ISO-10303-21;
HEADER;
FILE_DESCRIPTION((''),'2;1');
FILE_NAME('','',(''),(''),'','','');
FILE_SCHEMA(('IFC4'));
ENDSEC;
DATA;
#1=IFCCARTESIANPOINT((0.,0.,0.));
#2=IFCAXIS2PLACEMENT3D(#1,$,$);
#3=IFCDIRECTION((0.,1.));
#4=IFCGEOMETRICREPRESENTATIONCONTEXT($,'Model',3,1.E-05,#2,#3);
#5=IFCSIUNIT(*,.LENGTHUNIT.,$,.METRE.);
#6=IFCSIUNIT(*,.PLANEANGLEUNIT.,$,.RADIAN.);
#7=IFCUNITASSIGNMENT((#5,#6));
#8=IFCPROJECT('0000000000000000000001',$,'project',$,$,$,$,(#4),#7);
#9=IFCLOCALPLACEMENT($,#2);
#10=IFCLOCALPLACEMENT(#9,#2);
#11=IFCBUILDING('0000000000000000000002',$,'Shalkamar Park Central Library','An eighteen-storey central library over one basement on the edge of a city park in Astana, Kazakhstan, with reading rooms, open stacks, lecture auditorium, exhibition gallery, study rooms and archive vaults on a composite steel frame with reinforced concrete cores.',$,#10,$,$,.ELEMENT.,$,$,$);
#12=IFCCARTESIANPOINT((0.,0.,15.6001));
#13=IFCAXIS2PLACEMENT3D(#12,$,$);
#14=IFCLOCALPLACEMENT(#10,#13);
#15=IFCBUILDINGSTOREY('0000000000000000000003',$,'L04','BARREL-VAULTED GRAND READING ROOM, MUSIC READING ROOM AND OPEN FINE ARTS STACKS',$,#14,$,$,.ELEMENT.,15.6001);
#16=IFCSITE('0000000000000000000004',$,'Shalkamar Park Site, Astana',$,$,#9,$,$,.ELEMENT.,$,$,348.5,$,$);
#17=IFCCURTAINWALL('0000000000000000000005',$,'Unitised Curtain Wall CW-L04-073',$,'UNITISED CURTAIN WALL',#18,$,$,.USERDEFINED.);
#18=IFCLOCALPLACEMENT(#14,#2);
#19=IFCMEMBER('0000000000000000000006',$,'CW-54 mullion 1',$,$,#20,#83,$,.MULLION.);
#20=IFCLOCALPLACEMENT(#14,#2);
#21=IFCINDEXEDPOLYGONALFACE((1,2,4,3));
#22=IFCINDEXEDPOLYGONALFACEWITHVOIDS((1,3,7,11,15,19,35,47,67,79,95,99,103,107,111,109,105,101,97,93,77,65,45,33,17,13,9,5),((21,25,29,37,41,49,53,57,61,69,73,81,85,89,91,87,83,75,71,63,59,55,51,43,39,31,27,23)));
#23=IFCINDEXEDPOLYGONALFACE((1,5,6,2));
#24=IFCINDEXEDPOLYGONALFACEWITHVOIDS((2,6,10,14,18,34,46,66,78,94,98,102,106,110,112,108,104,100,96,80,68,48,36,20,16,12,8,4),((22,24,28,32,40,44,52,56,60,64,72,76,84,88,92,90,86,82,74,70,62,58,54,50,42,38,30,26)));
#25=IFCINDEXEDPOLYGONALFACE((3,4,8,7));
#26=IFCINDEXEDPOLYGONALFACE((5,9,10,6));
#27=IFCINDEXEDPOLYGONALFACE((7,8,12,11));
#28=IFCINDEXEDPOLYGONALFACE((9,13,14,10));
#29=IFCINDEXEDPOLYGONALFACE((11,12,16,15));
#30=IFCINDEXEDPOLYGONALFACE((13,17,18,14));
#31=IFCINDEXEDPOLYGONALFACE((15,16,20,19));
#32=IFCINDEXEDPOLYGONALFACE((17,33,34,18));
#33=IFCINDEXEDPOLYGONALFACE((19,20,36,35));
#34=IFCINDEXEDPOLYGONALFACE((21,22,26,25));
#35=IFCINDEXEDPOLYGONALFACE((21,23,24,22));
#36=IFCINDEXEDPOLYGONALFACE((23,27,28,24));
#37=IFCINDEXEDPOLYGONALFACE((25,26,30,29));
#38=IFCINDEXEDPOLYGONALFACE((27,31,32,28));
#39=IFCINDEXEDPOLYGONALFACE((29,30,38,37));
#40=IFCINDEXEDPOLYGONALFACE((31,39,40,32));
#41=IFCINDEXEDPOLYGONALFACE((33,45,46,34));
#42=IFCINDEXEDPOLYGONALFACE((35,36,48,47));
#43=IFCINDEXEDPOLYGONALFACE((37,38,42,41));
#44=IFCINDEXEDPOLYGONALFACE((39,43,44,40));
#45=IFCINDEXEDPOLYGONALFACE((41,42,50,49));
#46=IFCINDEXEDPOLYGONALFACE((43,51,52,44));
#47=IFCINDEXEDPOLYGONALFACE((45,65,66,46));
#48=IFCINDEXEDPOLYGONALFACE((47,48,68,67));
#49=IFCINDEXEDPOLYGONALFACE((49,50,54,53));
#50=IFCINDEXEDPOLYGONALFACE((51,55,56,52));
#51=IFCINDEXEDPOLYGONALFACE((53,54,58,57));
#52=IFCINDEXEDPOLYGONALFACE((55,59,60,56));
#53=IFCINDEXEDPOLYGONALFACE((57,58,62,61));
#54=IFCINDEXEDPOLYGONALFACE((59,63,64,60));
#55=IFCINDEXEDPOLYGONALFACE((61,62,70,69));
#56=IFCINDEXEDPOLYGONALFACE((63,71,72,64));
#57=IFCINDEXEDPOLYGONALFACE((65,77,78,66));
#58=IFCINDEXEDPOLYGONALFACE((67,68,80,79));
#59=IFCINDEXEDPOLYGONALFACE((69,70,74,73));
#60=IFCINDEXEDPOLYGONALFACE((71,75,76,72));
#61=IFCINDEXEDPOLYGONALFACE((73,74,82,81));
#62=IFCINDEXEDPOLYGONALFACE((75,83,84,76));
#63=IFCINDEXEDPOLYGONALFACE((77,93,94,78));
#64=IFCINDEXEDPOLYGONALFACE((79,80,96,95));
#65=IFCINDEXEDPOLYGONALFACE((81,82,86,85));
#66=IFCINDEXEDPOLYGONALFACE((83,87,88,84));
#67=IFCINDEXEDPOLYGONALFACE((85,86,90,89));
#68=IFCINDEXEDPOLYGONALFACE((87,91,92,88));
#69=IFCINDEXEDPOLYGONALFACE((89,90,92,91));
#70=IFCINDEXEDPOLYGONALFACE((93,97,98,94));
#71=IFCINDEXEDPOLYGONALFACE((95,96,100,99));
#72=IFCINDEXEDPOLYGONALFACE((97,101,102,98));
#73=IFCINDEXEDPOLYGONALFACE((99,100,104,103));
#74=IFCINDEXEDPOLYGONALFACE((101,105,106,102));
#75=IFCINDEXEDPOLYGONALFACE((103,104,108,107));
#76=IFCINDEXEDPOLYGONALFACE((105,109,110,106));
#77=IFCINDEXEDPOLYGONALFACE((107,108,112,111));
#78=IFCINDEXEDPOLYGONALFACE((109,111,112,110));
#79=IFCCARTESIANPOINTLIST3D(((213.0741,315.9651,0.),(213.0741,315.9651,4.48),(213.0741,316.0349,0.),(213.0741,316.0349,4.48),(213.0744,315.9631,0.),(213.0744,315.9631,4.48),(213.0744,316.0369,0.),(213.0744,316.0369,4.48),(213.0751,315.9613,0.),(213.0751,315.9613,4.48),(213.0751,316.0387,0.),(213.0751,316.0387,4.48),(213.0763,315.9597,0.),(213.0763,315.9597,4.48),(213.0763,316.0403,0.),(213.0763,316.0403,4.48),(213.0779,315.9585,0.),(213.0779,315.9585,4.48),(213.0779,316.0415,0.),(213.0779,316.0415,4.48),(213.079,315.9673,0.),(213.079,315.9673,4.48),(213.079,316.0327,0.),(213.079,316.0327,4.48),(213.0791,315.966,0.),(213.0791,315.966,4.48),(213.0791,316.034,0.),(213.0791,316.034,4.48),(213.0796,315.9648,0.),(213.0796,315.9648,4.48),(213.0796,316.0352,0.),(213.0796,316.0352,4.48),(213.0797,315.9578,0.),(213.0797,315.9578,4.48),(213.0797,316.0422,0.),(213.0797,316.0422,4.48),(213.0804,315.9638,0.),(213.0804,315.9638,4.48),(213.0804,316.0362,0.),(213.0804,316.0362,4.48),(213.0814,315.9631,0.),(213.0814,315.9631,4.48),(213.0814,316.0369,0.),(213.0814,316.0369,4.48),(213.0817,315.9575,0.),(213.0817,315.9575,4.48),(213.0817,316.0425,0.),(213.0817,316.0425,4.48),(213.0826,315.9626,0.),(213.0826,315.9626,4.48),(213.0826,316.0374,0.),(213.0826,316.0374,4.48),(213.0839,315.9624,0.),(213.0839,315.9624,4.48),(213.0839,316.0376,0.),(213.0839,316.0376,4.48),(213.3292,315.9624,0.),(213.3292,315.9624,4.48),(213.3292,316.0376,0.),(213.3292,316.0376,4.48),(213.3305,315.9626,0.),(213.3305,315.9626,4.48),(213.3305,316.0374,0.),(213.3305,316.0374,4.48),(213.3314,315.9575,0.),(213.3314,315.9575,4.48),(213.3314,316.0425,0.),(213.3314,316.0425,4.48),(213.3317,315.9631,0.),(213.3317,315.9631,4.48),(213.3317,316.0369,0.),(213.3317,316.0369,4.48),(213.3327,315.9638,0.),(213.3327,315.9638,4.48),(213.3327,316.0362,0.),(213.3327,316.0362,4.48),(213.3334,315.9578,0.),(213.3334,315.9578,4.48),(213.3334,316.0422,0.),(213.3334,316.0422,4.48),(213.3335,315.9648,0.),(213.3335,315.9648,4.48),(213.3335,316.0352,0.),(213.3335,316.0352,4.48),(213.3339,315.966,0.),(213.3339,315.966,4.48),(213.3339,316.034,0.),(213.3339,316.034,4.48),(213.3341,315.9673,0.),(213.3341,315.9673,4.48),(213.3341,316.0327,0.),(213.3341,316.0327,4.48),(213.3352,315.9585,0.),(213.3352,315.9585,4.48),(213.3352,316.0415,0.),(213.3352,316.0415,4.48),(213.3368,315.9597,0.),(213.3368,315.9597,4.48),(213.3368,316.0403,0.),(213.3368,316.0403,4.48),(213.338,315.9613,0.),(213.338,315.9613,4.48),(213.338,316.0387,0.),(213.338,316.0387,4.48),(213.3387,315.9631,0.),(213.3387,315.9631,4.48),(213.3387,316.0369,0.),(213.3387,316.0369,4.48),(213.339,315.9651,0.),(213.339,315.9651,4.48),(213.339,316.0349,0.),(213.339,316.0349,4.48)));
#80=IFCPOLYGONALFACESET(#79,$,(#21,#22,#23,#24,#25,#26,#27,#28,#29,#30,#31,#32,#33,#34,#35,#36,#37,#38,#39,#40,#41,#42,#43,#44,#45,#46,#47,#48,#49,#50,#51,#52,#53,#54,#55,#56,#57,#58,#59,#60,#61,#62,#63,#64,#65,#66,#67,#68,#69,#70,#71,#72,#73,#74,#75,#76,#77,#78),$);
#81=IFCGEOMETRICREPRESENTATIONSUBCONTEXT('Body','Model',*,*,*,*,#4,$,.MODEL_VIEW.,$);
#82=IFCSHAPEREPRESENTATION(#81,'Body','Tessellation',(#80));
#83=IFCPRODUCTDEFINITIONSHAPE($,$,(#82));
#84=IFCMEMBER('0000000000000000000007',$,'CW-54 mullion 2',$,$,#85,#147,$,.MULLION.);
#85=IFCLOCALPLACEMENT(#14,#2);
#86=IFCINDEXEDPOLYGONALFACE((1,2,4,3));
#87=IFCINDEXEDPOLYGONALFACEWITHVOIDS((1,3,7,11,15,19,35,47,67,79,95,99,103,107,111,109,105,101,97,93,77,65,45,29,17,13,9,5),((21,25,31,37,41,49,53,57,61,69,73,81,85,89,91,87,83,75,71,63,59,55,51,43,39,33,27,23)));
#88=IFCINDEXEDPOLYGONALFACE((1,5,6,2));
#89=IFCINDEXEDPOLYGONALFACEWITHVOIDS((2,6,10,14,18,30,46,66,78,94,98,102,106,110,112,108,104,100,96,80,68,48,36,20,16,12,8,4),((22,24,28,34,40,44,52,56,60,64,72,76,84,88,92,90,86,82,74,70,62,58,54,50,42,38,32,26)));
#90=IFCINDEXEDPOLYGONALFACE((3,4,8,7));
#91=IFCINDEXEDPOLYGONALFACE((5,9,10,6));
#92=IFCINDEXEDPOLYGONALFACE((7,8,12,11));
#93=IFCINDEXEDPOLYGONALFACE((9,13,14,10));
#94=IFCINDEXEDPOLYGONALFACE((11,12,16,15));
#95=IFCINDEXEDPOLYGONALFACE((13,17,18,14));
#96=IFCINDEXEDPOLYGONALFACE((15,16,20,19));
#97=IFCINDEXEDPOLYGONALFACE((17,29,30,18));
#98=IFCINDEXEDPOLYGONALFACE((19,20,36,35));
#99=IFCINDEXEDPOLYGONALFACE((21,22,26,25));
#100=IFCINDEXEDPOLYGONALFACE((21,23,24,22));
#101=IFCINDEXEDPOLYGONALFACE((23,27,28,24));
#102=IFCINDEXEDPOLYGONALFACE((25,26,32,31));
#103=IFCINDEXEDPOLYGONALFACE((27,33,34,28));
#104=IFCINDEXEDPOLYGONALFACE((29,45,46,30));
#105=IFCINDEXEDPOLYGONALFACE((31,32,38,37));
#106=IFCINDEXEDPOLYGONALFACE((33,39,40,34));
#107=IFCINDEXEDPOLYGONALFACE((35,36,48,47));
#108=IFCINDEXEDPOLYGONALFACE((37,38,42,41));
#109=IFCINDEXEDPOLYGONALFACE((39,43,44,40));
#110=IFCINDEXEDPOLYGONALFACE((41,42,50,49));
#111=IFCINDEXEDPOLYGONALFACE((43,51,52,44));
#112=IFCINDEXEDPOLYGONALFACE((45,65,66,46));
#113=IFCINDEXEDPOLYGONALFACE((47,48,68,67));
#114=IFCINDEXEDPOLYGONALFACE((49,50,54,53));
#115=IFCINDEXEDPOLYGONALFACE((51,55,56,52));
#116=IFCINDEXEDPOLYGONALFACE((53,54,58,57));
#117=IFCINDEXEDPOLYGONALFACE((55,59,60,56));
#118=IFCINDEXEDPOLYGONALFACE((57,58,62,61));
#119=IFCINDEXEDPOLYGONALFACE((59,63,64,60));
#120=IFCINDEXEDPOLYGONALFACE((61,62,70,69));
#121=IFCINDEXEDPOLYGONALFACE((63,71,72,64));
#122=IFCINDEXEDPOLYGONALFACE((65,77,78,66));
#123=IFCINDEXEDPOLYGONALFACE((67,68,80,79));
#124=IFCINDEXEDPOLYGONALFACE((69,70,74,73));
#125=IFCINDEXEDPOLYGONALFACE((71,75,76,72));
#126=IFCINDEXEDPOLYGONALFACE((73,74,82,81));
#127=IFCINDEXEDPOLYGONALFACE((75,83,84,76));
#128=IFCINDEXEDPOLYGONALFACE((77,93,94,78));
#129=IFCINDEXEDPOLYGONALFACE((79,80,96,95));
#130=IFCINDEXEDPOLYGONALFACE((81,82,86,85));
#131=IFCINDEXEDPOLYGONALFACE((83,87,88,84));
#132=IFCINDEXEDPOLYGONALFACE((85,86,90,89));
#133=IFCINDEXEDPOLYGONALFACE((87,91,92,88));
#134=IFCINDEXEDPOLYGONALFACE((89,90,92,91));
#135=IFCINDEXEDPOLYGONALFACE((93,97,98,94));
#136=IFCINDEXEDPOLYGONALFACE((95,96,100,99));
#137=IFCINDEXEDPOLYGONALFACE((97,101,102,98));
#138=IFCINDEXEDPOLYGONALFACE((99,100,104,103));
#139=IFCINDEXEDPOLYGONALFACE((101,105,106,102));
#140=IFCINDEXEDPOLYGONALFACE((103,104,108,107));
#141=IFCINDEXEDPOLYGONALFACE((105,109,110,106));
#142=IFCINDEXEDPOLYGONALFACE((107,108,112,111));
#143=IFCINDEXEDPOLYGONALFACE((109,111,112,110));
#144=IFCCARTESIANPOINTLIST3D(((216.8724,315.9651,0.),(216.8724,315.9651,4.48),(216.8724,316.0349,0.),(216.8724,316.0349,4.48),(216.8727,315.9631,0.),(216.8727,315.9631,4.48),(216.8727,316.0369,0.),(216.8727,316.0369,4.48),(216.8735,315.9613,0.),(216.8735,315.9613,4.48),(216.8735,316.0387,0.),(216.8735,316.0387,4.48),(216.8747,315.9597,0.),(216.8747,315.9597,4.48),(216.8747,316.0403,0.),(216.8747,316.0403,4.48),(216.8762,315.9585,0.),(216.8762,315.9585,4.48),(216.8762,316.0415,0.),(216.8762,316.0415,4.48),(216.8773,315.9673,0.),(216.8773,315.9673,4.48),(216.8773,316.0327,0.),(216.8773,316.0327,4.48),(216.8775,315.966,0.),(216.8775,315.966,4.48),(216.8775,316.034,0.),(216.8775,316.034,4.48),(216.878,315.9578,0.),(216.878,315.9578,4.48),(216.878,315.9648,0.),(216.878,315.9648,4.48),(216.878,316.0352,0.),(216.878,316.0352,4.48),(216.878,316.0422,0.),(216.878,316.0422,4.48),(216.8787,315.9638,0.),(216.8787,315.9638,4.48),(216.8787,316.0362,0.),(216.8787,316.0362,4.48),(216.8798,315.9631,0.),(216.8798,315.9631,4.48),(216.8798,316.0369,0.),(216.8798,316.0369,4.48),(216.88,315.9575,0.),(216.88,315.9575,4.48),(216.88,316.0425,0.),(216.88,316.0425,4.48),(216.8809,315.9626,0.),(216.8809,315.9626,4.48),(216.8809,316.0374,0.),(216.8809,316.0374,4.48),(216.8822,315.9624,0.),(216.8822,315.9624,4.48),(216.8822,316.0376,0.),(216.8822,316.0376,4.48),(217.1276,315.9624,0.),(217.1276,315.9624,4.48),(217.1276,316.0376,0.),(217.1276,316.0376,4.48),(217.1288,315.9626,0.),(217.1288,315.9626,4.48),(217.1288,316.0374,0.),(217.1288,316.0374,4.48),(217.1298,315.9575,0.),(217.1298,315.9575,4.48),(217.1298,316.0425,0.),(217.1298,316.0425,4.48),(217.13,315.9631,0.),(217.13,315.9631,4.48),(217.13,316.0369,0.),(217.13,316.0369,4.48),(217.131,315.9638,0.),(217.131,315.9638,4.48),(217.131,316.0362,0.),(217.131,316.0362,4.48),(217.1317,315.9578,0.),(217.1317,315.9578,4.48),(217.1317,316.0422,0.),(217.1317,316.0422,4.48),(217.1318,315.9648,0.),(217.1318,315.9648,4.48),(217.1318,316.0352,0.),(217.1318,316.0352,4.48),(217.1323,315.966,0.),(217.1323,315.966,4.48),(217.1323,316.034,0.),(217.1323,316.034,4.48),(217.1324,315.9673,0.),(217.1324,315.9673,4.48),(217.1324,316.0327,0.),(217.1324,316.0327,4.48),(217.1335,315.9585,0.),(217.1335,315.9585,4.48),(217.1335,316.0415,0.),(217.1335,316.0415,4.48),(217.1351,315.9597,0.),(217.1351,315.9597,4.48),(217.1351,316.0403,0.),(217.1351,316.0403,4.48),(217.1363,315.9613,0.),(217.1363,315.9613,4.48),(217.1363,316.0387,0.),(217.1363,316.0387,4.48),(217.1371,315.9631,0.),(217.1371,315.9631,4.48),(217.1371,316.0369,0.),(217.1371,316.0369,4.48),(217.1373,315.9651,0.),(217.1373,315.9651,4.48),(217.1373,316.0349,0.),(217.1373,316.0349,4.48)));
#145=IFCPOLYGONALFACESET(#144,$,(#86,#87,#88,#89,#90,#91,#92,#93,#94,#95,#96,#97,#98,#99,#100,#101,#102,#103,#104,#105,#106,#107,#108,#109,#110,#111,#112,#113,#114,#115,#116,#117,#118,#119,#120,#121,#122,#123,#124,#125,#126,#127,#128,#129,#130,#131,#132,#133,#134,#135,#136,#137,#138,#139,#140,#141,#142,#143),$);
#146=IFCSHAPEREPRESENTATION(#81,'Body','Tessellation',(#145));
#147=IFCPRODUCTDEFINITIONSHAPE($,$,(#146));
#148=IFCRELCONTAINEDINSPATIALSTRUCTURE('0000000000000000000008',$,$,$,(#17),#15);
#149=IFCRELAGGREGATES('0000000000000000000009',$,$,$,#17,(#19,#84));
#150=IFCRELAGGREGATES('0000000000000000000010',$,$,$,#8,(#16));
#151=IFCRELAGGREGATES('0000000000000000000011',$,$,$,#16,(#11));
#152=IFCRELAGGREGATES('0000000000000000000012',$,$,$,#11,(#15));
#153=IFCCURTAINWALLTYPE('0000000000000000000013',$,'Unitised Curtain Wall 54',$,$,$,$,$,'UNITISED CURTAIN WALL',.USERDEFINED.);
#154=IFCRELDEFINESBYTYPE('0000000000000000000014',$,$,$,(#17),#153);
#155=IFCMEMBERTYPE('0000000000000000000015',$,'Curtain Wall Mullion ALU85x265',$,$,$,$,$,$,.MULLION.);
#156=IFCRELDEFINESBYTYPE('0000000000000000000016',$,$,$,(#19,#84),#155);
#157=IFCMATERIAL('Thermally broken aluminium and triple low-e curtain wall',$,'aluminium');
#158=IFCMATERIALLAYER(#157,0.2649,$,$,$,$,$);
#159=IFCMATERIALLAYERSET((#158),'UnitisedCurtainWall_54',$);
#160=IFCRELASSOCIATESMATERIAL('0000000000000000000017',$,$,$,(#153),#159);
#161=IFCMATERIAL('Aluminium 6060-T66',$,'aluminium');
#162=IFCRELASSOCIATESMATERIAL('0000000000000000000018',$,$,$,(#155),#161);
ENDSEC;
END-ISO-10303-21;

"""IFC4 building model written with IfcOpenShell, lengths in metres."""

from ifc_helpers import new_model, si_unit, direction, frame, origin, origin_2d, place, context, subcontext, project, spatial, hollow_rectangle, extrude, material, layer, layer_set, material_profile, profile_set, type_object, element, aggregate, save


model = new_model("IFC4")

# Units and contexts
model_context = context("Model", 3, precision=1e-05, world=origin(), true_north=direction((0.0, 1.0)))
body_context = subcontext(model_context, "Body", "Model", "MODEL_VIEW")
ifc_project = project(units=[si_unit("LENGTHUNIT", "METRE"), si_unit("PLANEANGLEUNIT", "RADIAN")], contexts=[model_context])

# Site, building, storey
site_placement = place(None, origin())
site = spatial("IfcSite", under=ifc_project, at=site_placement, Name="Shalkamar Park Site, Astana", CompositionType="ELEMENT", RefElevation=348.5)
building_placement = place(site_placement, origin())
building = spatial("IfcBuilding", under=site, at=building_placement, Name="Shalkamar Park Central Library", Description="An eighteen-storey central library over one basement on the edge of a city park in Astana, Kazakhstan, with reading rooms, open stacks, lecture auditorium, exhibition gallery, study rooms and archive vaults on a composite steel frame with reinforced concrete cores.", CompositionType="ELEMENT")
storey_placement = place(building_placement, frame((0.0, 0.0, 15.6001)))
storey = spatial("IfcBuildingStorey", under=building, at=storey_placement, Name="L04", Description="BARREL-VAULTED GRAND READING ROOM, MUSIC READING ROOM AND OPEN FINE ARTS STACKS", CompositionType="ELEMENT", Elevation=15.6001)

# Curtain wall, members
ifc_material_1 = material(Name="Thermally broken aluminium and triple low-e curtain wall", Category="aluminium")
ifc_material_2 = material(Name="Aluminium 6060-T66", Category="aluminium")
ifc_layer_1 = layer(ifc_material_1, 0.2649)
ifc_layer_set_1 = layer_set([ifc_layer_1], Name="UnitisedCurtainWall_54")
curtain_wall_type_1 = type_object("IfcCurtainWallType", Name="Unitised Curtain Wall 54", ElementType="UNITISED CURTAIN WALL", PredefinedType="USERDEFINED", material=ifc_layer_set_1)
curtain_wall_1_placement = place(storey_placement, origin())
curtain_wall_1 = element("IfcCurtainWall", 1, at=curtain_wall_1_placement, inside=storey, type_object=curtain_wall_type_1, Name="Unitised Curtain Wall CW-L04-073", ObjectType="UNITISED CURTAIN WALL", PredefinedType="USERDEFINED")
ifc_material_profile_1 = material_profile(ifc_material_2, hollow_rectangle(XDim=0.085, YDim=0.2649, WallThickness=0.0049, InnerFilletRadius=0.0049, OuterFilletRadius=0.0076, at=origin_2d()), Name="ALU 85x265x5")
ifc_profile_set_1 = profile_set([ifc_material_profile_1], Name="Aluminium 6060-T66")
member_type_1 = type_object("IfcMemberType", Name="Curtain Wall Mullion ALU85x265", PredefinedType="MULLION", material=ifc_profile_set_1)
member_1_placement = place(storey_placement, frame((213.2065, 316.0, 0.0), z_axis=(0.0, 0.0, 1.0), x_axis=(0.0, 1.0, 0.0)))
member_1 = element("IfcMember", 2, at=member_1_placement, type_object=member_type_1, Name="CW-54 mullion 1", PredefinedType="MULLION", context=body_context, shape_type="SweptSolid", body=[
    extrude(hollow_rectangle(XDim=0.085, YDim=0.2649, WallThickness=0.0049, InnerFilletRadius=0.0049, OuterFilletRadius=0.0076, at=origin_2d()), origin(), (0.0, 0.0, 1.0), 4.48),
])
member_2_placement = place(storey_placement, frame((217.0049, 316.0, 0.0), z_axis=(0.0, 0.0, 1.0), x_axis=(0.0, 1.0, 0.0)))
member_2 = element("IfcMember", 3, at=member_2_placement, type_object=member_type_1, Name="CW-54 mullion 2", PredefinedType="MULLION", context=body_context, shape_type="SweptSolid", body=[
    extrude(hollow_rectangle(XDim=0.085, YDim=0.2649, WallThickness=0.0049, InnerFilletRadius=0.0049, OuterFilletRadius=0.0076, at=origin_2d()), origin(), (0.0, 0.0, 1.0), 4.48),
])

aggregate(curtain_wall_1, [member_1, member_2])

save(model, "model.ifc")
